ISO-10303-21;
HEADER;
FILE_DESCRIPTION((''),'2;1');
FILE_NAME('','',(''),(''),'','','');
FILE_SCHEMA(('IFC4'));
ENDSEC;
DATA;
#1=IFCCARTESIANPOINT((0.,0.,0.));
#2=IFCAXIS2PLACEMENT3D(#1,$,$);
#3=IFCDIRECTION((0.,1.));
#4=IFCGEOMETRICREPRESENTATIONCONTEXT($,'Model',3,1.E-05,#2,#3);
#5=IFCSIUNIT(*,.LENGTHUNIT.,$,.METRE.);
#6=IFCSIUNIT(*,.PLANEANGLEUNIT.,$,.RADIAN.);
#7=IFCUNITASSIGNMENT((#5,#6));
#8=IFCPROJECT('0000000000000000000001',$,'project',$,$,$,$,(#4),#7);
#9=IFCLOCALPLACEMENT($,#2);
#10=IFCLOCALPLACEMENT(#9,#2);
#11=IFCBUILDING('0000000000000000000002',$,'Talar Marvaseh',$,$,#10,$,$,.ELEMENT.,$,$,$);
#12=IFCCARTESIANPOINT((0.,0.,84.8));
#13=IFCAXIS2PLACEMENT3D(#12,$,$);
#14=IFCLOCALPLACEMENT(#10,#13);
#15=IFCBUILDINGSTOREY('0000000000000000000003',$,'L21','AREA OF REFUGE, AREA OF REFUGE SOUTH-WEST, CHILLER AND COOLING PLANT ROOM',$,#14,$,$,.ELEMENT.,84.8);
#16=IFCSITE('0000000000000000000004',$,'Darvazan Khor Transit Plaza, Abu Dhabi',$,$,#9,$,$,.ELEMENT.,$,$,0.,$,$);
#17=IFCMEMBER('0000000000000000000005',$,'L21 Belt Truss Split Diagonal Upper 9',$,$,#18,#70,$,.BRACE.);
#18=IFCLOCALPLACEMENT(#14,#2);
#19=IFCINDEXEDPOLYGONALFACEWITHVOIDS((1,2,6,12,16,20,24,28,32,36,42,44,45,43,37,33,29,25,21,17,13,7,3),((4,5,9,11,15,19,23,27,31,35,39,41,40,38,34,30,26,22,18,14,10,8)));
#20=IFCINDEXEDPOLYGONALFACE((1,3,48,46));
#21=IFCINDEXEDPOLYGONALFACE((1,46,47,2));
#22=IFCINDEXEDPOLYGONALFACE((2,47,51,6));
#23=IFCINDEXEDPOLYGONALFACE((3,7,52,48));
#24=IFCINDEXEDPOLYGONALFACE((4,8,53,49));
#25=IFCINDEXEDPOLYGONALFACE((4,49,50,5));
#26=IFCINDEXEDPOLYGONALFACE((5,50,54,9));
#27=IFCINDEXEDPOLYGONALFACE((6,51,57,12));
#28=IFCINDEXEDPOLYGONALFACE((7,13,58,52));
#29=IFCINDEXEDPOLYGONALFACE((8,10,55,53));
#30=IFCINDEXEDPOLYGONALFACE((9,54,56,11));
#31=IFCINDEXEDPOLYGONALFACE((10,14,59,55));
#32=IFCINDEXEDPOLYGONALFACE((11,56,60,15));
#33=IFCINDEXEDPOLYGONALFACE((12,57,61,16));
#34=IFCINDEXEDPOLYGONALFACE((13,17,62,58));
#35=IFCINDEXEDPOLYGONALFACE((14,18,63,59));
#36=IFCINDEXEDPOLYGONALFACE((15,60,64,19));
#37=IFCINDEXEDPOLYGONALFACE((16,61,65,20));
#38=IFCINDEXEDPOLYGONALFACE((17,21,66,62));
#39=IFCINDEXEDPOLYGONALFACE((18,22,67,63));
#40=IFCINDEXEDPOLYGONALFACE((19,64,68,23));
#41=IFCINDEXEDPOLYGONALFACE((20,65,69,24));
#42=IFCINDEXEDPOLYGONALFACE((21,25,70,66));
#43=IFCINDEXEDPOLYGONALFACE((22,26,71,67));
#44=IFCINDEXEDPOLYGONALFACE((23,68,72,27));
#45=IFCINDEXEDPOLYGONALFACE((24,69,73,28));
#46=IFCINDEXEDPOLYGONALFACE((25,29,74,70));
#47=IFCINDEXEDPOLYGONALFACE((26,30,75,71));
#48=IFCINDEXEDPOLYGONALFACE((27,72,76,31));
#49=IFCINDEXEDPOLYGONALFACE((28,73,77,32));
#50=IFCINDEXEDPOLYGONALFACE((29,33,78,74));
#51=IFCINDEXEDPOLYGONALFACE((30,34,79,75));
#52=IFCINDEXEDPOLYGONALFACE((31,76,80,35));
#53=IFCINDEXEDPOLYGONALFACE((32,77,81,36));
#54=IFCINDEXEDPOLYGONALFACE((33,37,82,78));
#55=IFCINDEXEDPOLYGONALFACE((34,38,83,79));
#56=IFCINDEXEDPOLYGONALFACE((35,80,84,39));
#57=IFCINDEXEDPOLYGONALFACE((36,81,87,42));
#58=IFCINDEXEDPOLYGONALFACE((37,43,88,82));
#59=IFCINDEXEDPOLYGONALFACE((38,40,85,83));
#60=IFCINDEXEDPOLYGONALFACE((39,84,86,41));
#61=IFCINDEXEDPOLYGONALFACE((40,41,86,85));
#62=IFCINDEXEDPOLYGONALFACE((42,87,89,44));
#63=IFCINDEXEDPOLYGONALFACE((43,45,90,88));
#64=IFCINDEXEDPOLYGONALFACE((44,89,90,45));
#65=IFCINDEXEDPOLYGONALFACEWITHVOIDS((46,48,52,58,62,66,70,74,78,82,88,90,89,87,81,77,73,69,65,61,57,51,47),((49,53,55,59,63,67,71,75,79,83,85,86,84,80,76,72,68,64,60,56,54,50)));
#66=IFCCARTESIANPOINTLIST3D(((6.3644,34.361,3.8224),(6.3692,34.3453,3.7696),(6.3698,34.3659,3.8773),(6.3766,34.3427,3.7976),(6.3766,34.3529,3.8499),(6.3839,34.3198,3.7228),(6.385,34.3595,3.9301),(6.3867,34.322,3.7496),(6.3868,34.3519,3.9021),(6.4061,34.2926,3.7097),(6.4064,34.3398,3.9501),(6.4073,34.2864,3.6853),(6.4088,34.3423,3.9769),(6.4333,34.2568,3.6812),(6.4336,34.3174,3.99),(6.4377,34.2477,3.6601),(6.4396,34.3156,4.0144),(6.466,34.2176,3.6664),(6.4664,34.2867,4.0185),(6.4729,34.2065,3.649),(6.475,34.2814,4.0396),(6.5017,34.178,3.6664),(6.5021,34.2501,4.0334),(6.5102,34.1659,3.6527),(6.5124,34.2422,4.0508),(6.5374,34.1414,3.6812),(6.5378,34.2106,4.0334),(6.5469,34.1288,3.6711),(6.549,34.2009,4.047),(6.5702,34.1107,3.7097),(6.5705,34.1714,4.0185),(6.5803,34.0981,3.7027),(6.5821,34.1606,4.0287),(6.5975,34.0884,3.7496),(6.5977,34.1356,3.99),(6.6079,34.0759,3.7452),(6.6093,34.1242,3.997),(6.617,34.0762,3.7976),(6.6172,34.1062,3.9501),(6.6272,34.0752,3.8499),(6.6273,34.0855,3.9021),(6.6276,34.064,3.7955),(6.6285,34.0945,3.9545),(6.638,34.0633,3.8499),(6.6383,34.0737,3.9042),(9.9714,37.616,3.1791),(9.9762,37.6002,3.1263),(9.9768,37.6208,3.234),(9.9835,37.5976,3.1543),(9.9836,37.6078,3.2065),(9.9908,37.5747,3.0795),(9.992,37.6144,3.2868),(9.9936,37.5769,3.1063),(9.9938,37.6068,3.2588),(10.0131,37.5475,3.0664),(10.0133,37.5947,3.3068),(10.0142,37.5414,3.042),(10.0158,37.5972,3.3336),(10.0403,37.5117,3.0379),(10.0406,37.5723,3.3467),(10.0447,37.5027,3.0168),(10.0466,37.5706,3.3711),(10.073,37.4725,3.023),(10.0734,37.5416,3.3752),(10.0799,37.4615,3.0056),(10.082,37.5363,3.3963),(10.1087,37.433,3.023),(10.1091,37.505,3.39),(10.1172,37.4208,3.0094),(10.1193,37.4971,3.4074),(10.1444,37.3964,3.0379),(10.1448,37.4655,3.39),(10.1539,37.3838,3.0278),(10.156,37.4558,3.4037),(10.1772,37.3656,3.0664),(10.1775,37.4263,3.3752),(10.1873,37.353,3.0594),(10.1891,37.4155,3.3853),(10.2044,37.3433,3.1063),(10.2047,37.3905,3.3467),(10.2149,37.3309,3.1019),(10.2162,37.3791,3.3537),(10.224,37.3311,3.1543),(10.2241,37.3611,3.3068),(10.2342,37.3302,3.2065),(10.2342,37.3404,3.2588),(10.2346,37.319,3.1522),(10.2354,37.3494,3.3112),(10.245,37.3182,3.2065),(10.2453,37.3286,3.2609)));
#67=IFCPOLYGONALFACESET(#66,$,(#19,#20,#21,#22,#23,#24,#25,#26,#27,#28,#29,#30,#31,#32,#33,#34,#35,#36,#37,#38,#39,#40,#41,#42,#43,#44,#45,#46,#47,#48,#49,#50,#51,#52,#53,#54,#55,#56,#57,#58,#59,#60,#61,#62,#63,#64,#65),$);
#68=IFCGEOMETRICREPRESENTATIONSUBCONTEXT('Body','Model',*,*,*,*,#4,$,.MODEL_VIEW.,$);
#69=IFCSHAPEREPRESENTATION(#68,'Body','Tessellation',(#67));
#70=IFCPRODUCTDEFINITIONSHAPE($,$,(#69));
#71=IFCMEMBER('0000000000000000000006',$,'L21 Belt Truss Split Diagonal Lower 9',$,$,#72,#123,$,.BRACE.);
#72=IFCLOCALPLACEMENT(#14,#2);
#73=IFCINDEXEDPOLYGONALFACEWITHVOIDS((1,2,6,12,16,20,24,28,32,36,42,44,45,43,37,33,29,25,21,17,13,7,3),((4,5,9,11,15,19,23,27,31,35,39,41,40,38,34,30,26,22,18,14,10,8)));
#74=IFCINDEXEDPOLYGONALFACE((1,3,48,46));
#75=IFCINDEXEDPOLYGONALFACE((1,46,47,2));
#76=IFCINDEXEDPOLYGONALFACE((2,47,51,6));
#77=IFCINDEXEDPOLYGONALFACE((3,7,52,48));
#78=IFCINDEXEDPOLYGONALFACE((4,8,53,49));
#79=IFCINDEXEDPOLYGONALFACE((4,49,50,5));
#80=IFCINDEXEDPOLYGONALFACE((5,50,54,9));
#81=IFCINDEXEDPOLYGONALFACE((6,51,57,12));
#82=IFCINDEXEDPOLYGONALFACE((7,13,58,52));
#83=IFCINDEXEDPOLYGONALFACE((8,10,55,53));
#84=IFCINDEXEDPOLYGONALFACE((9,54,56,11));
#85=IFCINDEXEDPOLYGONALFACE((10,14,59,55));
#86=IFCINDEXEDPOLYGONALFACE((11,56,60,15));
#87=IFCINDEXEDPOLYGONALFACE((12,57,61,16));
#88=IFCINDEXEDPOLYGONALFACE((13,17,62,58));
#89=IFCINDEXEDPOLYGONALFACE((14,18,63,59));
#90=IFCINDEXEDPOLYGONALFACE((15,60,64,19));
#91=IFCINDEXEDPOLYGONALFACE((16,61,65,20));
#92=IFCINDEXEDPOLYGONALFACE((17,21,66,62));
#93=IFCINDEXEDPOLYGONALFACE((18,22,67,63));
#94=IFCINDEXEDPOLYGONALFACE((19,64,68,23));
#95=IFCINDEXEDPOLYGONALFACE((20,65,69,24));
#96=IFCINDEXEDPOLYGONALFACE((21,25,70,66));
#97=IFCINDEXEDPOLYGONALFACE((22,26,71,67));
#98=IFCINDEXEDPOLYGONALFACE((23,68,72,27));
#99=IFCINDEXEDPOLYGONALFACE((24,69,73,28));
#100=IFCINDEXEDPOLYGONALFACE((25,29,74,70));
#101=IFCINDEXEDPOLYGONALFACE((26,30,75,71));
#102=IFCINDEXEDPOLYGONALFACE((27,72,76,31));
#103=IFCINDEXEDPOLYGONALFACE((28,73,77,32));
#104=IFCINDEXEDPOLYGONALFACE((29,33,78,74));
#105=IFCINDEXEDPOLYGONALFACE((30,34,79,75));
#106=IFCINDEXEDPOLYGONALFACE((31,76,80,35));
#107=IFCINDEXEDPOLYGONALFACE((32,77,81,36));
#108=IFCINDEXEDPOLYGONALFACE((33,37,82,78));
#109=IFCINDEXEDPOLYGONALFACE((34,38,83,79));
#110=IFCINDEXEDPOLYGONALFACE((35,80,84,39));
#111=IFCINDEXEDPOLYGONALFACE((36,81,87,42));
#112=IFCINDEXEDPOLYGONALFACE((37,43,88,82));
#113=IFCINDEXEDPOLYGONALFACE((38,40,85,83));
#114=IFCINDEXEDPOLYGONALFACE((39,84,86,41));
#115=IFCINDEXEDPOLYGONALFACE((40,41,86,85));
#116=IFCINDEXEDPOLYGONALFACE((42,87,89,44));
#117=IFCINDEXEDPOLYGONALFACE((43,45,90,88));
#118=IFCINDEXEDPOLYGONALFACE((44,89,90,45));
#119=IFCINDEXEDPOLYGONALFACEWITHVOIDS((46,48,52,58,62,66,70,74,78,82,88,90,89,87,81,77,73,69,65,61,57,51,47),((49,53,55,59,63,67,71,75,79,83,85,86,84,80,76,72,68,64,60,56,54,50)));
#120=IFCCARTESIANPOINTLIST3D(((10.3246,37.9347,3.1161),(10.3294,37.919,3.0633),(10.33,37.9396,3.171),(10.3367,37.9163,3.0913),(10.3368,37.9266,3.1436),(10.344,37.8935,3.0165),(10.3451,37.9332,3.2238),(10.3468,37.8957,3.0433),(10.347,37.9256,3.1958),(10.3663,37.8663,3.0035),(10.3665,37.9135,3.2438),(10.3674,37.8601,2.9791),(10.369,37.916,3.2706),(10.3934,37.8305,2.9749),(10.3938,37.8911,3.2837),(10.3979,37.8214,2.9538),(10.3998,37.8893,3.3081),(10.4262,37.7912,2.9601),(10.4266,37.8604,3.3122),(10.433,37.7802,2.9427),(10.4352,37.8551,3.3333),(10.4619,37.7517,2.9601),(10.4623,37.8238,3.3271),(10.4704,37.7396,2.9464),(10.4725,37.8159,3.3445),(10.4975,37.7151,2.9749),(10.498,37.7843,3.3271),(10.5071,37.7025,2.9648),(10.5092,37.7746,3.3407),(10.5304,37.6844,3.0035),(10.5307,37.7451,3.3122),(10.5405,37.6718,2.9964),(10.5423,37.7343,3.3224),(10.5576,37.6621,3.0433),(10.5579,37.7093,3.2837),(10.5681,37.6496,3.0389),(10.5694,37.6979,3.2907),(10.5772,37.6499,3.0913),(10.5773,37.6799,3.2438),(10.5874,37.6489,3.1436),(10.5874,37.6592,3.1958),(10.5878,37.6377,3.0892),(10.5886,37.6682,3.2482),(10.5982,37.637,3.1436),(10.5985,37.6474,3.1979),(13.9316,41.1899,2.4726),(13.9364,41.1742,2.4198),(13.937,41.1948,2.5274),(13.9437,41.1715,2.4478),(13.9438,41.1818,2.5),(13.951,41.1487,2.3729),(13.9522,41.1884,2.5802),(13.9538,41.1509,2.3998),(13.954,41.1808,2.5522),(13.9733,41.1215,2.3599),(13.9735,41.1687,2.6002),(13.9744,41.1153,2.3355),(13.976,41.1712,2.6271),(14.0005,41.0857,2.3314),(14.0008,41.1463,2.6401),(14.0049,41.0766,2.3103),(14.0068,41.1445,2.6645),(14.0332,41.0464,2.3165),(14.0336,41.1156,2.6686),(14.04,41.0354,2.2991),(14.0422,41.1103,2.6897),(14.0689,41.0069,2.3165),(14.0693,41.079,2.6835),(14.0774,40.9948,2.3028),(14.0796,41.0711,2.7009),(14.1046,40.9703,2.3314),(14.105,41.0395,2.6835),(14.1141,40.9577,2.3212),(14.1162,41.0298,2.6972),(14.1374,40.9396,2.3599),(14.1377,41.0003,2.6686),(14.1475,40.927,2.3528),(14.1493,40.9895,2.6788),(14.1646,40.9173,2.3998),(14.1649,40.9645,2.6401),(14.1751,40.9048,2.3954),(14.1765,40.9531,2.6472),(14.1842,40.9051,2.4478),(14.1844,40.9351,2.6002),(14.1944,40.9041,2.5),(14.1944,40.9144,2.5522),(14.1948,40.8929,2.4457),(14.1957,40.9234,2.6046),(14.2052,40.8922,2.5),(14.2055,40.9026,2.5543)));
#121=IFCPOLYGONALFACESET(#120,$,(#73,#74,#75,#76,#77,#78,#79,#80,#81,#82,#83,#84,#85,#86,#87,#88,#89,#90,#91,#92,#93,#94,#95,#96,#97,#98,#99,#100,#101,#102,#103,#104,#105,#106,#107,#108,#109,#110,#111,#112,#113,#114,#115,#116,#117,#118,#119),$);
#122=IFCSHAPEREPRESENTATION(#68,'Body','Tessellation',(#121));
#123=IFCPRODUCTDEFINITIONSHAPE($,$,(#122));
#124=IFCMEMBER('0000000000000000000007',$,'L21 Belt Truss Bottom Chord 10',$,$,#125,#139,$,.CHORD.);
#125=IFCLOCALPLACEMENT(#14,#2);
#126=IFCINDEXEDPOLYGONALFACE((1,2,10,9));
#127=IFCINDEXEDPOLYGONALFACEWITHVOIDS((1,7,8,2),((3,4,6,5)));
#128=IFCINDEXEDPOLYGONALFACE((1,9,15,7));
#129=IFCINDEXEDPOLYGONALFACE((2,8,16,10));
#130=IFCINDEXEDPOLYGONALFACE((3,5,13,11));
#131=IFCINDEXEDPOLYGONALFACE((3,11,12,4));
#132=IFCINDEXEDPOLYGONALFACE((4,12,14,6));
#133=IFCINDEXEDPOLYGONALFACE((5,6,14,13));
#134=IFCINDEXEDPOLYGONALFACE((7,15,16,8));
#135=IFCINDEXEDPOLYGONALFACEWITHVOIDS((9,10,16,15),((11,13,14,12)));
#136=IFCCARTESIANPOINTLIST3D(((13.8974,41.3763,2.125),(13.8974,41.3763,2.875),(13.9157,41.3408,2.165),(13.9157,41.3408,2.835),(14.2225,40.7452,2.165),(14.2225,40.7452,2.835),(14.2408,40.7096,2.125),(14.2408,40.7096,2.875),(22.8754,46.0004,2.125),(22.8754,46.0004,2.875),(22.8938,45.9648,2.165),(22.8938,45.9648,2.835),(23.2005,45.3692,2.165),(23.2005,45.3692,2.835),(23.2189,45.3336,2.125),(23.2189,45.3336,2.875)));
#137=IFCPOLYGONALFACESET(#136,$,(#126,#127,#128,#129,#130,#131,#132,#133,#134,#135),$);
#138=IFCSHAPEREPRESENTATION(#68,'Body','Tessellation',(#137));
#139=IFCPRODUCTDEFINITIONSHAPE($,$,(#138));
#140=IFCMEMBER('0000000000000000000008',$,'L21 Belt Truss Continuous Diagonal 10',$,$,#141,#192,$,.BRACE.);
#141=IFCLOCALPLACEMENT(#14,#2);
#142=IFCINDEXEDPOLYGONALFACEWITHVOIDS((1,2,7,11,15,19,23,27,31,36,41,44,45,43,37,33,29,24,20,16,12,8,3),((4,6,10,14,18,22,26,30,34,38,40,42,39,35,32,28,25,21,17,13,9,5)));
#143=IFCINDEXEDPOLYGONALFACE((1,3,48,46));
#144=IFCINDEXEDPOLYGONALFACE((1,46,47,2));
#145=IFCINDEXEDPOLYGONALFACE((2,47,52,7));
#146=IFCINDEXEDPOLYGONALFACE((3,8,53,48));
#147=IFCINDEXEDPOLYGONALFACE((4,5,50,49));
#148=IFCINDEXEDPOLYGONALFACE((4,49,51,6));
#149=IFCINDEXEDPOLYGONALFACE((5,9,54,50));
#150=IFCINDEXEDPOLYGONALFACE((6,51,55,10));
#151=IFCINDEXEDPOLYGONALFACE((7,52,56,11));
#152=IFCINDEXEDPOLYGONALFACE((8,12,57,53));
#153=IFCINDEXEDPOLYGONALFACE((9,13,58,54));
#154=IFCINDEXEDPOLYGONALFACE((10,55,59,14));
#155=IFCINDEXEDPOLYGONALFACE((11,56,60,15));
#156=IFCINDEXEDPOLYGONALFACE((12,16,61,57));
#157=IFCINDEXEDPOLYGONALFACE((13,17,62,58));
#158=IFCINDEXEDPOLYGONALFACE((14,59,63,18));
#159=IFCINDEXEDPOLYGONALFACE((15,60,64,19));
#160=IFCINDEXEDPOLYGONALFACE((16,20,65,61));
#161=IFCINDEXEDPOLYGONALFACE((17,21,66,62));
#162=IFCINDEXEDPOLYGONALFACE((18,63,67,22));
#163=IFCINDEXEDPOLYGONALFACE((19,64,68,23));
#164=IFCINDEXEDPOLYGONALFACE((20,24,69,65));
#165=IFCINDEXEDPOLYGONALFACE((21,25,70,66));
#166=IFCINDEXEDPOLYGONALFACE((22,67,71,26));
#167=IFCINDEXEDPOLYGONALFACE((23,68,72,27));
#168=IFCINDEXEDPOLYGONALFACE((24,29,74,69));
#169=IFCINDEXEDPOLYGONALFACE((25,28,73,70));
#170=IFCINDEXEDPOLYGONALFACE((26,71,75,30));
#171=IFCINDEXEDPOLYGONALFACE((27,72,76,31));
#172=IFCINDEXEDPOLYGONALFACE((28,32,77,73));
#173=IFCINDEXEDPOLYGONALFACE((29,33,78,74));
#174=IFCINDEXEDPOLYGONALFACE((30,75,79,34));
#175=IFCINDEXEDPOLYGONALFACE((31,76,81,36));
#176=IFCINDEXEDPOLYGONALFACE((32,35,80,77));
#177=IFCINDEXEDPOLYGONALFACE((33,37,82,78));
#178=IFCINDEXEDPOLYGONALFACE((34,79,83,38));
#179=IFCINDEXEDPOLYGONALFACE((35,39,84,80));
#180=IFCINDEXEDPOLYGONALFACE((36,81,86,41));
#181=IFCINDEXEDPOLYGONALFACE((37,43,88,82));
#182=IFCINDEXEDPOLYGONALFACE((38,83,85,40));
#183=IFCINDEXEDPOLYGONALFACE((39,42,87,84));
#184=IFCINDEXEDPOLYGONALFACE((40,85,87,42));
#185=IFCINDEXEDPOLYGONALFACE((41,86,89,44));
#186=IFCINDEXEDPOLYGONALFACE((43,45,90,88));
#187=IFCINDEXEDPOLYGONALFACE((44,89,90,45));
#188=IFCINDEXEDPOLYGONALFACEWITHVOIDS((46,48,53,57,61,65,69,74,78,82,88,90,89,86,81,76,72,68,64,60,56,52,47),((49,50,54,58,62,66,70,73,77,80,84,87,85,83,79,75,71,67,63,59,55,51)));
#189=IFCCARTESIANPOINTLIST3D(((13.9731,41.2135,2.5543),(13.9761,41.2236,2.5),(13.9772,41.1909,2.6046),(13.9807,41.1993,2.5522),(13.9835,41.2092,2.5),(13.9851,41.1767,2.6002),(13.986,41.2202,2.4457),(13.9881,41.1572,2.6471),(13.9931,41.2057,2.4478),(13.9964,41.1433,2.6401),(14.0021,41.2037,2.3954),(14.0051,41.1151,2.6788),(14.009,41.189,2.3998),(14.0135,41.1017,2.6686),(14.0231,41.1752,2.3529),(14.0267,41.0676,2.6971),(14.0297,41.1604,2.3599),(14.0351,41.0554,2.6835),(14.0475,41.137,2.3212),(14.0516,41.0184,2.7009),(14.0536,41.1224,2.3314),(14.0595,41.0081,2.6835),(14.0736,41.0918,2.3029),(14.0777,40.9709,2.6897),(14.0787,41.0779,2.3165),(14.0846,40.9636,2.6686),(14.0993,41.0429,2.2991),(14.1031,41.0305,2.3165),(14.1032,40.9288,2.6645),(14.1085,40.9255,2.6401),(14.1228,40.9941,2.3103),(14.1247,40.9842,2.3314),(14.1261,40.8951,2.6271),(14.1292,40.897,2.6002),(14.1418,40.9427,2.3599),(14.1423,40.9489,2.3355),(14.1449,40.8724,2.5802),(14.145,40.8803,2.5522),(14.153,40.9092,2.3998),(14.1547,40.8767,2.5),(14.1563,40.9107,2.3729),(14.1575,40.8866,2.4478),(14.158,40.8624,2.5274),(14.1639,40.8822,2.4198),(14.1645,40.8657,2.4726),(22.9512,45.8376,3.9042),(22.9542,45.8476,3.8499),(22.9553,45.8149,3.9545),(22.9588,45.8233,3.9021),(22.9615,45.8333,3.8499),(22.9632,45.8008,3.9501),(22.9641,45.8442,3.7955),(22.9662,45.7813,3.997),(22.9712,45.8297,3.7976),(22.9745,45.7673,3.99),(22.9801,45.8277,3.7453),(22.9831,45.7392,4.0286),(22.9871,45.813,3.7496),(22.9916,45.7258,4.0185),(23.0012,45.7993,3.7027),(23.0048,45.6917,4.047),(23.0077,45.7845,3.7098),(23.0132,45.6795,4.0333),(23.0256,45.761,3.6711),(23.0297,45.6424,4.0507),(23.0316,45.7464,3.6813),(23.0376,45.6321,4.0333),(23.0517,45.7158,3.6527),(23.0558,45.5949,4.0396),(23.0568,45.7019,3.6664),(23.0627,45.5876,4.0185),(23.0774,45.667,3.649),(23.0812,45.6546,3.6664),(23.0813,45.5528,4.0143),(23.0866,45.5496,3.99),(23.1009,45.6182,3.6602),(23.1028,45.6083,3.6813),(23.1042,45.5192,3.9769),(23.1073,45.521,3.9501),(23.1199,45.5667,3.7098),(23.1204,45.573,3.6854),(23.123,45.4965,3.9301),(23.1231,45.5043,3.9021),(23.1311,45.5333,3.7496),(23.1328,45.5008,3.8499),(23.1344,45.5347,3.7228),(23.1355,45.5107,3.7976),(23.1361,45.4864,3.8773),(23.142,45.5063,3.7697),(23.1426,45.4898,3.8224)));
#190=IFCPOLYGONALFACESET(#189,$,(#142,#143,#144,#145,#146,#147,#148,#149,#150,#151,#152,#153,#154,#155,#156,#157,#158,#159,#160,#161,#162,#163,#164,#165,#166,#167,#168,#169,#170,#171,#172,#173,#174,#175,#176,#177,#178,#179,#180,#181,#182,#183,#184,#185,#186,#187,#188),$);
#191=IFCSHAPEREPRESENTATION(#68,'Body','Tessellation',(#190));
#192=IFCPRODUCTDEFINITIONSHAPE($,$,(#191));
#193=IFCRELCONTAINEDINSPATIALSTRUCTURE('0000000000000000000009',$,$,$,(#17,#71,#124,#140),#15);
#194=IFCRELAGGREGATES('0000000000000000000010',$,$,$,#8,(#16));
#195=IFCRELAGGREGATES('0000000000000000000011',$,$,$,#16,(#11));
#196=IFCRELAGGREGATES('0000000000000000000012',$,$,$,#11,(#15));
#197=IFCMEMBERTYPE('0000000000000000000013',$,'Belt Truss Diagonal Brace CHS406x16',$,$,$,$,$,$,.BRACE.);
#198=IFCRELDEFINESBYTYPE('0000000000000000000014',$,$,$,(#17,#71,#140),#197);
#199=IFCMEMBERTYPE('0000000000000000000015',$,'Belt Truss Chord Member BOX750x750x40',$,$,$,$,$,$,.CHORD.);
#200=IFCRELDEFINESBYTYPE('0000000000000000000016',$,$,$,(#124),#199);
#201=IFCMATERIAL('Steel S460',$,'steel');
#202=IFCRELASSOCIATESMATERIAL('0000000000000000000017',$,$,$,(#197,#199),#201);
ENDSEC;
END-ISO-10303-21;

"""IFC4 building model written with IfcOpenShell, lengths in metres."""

from ifc_helpers import new_model, si_unit, direction, frame, origin, origin_2d, place, context, subcontext, project, spatial, hollow_rectangle, hollow_circle, extrude, source, transform, mapped, material, material_profile, profile_set, type_object, type_shapes, element, save


model = new_model("IFC4")

# Units and contexts
model_context = context("Model", 3, precision=1e-05, world=origin(), true_north=direction((0.0, 1.0)))
body_context = subcontext(model_context, "Body", "Model", "MODEL_VIEW")
ifc_project = project(units=[si_unit("LENGTHUNIT", "METRE"), si_unit("PLANEANGLEUNIT", "RADIAN")], contexts=[model_context])

# Site, building, storey
site_placement = place(None, origin())
site = spatial("IfcSite", under=ifc_project, at=site_placement, Name="Darvazan Khor Transit Plaza, Abu Dhabi", CompositionType="ELEMENT", RefElevation=0.0)
building_placement = place(site_placement, origin())
building = spatial("IfcBuilding", under=site, at=building_placement, Name="Talar Marvaseh", CompositionType="ELEMENT")
storey_placement = place(building_placement, frame((0.0, 0.0, 84.8)))
storey = spatial("IfcBuildingStorey", under=building, at=storey_placement, Name="L21", Description="AREA OF REFUGE, AREA OF REFUGE SOUTH-WEST, CHILLER AND COOLING PLANT ROOM", CompositionType="ELEMENT", Elevation=84.8)

# Shared definitions
ifc_material_1 = material(Name="Steel S460", Category="steel")

# Members
ifc_material_profile_1 = material_profile(ifc_material_1, hollow_circle(Radius=0.2031, WallThickness=0.0161, at=origin_2d()), Name="CHS406x16")
ifc_profile_set_1 = profile_set([ifc_material_profile_1], Name="Steel S460")
member_type_1 = type_object("IfcMemberType", Name="Belt Truss Diagonal Brace CHS406x16", PredefinedType="BRACE", material=ifc_profile_set_1)
shared_shape_1 = source(origin(), body_context, "Body", "SweptSolid", [
    extrude(hollow_circle(Radius=0.2031, WallThickness=0.0161, at=origin_2d()), origin(), (0.0, 0.0, 1.0), 4.9009),
])
member_1_placement = place(storey_placement, frame((10.1089, 37.469, 3.2065), z_axis=(-0.735985, -0.66415, 0.131266), x_axis=(0.669947, -0.742409, 0.0)))
element("IfcMember", 1, at=member_1_placement, inside=storey, type_object=member_type_1, Name="L21 Belt Truss Split Diagonal Upper 9", PredefinedType="BRACE", context=body_context, shape_type="MappedRepresentation", body=[
    mapped(shared_shape_1, transform((0.0, 0.0, 0.0), x_axis=(1.0, 0.0, 0.0), y_axis=(0.0, 1.0, 0.0), z_axis=(0.0, 0.0, 1.0), scale=1.0)),
])
shared_shape_2 = source(origin(), body_context, "Body", "SweptSolid", [
    extrude(hollow_circle(Radius=0.2031, WallThickness=0.0161, at=origin_2d()), origin(), (0.0, 0.0, 1.0), 4.9011),
])
member_2_placement = place(storey_placement, frame((14.0691, 41.043, 2.5), z_axis=(-0.735956, -0.664174, 0.13131), x_axis=(0.669975, -0.742384, 0.0)))
element("IfcMember", 2, at=member_2_placement, inside=storey, type_object=member_type_1, Name="L21 Belt Truss Split Diagonal Lower 9", PredefinedType="BRACE", context=body_context, shape_type="MappedRepresentation", body=[
    mapped(shared_shape_2, transform((0.0, 0.0, 0.0), x_axis=(1.0, 0.0, 0.0), y_axis=(0.0, 1.0, 0.0), z_axis=(0.0, 0.0, 1.0), scale=1.0)),
])
ifc_material_profile_2 = material_profile(ifc_material_1, hollow_rectangle(XDim=0.75, YDim=0.75, WallThickness=0.04, at=origin_2d()), Name="BOX750x750x40")
ifc_profile_set_2 = profile_set([ifc_material_profile_2], Name="Steel S460")
member_type_2 = type_object("IfcMemberType", Name="Belt Truss Chord Member BOX750x750x40", PredefinedType="CHORD", material=ifc_profile_set_2)
shared_shape_3 = source(origin(), body_context, "Body", "SweptSolid", [
    extrude(hollow_rectangle(XDim=0.75, YDim=0.75, WallThickness=0.04, at=origin_2d()), origin(), (0.0, 0.0, 1.0), 10.0989),
])
type_shapes(member_type_2, [shared_shape_3])
member_3_placement = place(storey_placement, frame((14.0691, 41.043, 2.5), z_axis=(0.889016, 0.457877, 0.0), x_axis=(-0.457877, 0.889016, 0.0)))
element("IfcMember", 3, at=member_3_placement, inside=storey, type_object=member_type_2, Name="L21 Belt Truss Bottom Chord 10", PredefinedType="CHORD", context=body_context, shape_type="MappedRepresentation", body=[
    mapped(shared_shape_3, transform((0.0, 0.0, 0.0), x_axis=(1.0, 0.0, 0.0), y_axis=(0.0, 1.0, 0.0), z_axis=(0.0, 0.0, 1.0), scale=1.0)),
])
shared_shape_4 = source(origin(), body_context, "Body", "SweptSolid", [
    extrude(hollow_circle(Radius=0.2031, WallThickness=0.0161, at=origin_2d()), origin(), (0.0, 0.0, 1.0), 10.1887),
])
type_shapes(member_type_1, [shared_shape_1, shared_shape_2, shared_shape_4])
member_4_placement = place(storey_placement, frame((14.0691, 41.043, 2.5), z_axis=(0.881179, 0.45384, 0.132486), x_axis=(-0.457877, 0.889016, 0.0)))
element("IfcMember", 4, at=member_4_placement, inside=storey, type_object=member_type_1, Name="L21 Belt Truss Continuous Diagonal 10", PredefinedType="BRACE", context=body_context, shape_type="MappedRepresentation", body=[
    mapped(shared_shape_4, transform((0.0, 0.0, 0.0), x_axis=(1.0, 0.0, 0.0), y_axis=(0.0, 1.0, 0.0), z_axis=(0.0, 0.0, 1.0), scale=1.0)),
])

save(model, "model.ifc")
